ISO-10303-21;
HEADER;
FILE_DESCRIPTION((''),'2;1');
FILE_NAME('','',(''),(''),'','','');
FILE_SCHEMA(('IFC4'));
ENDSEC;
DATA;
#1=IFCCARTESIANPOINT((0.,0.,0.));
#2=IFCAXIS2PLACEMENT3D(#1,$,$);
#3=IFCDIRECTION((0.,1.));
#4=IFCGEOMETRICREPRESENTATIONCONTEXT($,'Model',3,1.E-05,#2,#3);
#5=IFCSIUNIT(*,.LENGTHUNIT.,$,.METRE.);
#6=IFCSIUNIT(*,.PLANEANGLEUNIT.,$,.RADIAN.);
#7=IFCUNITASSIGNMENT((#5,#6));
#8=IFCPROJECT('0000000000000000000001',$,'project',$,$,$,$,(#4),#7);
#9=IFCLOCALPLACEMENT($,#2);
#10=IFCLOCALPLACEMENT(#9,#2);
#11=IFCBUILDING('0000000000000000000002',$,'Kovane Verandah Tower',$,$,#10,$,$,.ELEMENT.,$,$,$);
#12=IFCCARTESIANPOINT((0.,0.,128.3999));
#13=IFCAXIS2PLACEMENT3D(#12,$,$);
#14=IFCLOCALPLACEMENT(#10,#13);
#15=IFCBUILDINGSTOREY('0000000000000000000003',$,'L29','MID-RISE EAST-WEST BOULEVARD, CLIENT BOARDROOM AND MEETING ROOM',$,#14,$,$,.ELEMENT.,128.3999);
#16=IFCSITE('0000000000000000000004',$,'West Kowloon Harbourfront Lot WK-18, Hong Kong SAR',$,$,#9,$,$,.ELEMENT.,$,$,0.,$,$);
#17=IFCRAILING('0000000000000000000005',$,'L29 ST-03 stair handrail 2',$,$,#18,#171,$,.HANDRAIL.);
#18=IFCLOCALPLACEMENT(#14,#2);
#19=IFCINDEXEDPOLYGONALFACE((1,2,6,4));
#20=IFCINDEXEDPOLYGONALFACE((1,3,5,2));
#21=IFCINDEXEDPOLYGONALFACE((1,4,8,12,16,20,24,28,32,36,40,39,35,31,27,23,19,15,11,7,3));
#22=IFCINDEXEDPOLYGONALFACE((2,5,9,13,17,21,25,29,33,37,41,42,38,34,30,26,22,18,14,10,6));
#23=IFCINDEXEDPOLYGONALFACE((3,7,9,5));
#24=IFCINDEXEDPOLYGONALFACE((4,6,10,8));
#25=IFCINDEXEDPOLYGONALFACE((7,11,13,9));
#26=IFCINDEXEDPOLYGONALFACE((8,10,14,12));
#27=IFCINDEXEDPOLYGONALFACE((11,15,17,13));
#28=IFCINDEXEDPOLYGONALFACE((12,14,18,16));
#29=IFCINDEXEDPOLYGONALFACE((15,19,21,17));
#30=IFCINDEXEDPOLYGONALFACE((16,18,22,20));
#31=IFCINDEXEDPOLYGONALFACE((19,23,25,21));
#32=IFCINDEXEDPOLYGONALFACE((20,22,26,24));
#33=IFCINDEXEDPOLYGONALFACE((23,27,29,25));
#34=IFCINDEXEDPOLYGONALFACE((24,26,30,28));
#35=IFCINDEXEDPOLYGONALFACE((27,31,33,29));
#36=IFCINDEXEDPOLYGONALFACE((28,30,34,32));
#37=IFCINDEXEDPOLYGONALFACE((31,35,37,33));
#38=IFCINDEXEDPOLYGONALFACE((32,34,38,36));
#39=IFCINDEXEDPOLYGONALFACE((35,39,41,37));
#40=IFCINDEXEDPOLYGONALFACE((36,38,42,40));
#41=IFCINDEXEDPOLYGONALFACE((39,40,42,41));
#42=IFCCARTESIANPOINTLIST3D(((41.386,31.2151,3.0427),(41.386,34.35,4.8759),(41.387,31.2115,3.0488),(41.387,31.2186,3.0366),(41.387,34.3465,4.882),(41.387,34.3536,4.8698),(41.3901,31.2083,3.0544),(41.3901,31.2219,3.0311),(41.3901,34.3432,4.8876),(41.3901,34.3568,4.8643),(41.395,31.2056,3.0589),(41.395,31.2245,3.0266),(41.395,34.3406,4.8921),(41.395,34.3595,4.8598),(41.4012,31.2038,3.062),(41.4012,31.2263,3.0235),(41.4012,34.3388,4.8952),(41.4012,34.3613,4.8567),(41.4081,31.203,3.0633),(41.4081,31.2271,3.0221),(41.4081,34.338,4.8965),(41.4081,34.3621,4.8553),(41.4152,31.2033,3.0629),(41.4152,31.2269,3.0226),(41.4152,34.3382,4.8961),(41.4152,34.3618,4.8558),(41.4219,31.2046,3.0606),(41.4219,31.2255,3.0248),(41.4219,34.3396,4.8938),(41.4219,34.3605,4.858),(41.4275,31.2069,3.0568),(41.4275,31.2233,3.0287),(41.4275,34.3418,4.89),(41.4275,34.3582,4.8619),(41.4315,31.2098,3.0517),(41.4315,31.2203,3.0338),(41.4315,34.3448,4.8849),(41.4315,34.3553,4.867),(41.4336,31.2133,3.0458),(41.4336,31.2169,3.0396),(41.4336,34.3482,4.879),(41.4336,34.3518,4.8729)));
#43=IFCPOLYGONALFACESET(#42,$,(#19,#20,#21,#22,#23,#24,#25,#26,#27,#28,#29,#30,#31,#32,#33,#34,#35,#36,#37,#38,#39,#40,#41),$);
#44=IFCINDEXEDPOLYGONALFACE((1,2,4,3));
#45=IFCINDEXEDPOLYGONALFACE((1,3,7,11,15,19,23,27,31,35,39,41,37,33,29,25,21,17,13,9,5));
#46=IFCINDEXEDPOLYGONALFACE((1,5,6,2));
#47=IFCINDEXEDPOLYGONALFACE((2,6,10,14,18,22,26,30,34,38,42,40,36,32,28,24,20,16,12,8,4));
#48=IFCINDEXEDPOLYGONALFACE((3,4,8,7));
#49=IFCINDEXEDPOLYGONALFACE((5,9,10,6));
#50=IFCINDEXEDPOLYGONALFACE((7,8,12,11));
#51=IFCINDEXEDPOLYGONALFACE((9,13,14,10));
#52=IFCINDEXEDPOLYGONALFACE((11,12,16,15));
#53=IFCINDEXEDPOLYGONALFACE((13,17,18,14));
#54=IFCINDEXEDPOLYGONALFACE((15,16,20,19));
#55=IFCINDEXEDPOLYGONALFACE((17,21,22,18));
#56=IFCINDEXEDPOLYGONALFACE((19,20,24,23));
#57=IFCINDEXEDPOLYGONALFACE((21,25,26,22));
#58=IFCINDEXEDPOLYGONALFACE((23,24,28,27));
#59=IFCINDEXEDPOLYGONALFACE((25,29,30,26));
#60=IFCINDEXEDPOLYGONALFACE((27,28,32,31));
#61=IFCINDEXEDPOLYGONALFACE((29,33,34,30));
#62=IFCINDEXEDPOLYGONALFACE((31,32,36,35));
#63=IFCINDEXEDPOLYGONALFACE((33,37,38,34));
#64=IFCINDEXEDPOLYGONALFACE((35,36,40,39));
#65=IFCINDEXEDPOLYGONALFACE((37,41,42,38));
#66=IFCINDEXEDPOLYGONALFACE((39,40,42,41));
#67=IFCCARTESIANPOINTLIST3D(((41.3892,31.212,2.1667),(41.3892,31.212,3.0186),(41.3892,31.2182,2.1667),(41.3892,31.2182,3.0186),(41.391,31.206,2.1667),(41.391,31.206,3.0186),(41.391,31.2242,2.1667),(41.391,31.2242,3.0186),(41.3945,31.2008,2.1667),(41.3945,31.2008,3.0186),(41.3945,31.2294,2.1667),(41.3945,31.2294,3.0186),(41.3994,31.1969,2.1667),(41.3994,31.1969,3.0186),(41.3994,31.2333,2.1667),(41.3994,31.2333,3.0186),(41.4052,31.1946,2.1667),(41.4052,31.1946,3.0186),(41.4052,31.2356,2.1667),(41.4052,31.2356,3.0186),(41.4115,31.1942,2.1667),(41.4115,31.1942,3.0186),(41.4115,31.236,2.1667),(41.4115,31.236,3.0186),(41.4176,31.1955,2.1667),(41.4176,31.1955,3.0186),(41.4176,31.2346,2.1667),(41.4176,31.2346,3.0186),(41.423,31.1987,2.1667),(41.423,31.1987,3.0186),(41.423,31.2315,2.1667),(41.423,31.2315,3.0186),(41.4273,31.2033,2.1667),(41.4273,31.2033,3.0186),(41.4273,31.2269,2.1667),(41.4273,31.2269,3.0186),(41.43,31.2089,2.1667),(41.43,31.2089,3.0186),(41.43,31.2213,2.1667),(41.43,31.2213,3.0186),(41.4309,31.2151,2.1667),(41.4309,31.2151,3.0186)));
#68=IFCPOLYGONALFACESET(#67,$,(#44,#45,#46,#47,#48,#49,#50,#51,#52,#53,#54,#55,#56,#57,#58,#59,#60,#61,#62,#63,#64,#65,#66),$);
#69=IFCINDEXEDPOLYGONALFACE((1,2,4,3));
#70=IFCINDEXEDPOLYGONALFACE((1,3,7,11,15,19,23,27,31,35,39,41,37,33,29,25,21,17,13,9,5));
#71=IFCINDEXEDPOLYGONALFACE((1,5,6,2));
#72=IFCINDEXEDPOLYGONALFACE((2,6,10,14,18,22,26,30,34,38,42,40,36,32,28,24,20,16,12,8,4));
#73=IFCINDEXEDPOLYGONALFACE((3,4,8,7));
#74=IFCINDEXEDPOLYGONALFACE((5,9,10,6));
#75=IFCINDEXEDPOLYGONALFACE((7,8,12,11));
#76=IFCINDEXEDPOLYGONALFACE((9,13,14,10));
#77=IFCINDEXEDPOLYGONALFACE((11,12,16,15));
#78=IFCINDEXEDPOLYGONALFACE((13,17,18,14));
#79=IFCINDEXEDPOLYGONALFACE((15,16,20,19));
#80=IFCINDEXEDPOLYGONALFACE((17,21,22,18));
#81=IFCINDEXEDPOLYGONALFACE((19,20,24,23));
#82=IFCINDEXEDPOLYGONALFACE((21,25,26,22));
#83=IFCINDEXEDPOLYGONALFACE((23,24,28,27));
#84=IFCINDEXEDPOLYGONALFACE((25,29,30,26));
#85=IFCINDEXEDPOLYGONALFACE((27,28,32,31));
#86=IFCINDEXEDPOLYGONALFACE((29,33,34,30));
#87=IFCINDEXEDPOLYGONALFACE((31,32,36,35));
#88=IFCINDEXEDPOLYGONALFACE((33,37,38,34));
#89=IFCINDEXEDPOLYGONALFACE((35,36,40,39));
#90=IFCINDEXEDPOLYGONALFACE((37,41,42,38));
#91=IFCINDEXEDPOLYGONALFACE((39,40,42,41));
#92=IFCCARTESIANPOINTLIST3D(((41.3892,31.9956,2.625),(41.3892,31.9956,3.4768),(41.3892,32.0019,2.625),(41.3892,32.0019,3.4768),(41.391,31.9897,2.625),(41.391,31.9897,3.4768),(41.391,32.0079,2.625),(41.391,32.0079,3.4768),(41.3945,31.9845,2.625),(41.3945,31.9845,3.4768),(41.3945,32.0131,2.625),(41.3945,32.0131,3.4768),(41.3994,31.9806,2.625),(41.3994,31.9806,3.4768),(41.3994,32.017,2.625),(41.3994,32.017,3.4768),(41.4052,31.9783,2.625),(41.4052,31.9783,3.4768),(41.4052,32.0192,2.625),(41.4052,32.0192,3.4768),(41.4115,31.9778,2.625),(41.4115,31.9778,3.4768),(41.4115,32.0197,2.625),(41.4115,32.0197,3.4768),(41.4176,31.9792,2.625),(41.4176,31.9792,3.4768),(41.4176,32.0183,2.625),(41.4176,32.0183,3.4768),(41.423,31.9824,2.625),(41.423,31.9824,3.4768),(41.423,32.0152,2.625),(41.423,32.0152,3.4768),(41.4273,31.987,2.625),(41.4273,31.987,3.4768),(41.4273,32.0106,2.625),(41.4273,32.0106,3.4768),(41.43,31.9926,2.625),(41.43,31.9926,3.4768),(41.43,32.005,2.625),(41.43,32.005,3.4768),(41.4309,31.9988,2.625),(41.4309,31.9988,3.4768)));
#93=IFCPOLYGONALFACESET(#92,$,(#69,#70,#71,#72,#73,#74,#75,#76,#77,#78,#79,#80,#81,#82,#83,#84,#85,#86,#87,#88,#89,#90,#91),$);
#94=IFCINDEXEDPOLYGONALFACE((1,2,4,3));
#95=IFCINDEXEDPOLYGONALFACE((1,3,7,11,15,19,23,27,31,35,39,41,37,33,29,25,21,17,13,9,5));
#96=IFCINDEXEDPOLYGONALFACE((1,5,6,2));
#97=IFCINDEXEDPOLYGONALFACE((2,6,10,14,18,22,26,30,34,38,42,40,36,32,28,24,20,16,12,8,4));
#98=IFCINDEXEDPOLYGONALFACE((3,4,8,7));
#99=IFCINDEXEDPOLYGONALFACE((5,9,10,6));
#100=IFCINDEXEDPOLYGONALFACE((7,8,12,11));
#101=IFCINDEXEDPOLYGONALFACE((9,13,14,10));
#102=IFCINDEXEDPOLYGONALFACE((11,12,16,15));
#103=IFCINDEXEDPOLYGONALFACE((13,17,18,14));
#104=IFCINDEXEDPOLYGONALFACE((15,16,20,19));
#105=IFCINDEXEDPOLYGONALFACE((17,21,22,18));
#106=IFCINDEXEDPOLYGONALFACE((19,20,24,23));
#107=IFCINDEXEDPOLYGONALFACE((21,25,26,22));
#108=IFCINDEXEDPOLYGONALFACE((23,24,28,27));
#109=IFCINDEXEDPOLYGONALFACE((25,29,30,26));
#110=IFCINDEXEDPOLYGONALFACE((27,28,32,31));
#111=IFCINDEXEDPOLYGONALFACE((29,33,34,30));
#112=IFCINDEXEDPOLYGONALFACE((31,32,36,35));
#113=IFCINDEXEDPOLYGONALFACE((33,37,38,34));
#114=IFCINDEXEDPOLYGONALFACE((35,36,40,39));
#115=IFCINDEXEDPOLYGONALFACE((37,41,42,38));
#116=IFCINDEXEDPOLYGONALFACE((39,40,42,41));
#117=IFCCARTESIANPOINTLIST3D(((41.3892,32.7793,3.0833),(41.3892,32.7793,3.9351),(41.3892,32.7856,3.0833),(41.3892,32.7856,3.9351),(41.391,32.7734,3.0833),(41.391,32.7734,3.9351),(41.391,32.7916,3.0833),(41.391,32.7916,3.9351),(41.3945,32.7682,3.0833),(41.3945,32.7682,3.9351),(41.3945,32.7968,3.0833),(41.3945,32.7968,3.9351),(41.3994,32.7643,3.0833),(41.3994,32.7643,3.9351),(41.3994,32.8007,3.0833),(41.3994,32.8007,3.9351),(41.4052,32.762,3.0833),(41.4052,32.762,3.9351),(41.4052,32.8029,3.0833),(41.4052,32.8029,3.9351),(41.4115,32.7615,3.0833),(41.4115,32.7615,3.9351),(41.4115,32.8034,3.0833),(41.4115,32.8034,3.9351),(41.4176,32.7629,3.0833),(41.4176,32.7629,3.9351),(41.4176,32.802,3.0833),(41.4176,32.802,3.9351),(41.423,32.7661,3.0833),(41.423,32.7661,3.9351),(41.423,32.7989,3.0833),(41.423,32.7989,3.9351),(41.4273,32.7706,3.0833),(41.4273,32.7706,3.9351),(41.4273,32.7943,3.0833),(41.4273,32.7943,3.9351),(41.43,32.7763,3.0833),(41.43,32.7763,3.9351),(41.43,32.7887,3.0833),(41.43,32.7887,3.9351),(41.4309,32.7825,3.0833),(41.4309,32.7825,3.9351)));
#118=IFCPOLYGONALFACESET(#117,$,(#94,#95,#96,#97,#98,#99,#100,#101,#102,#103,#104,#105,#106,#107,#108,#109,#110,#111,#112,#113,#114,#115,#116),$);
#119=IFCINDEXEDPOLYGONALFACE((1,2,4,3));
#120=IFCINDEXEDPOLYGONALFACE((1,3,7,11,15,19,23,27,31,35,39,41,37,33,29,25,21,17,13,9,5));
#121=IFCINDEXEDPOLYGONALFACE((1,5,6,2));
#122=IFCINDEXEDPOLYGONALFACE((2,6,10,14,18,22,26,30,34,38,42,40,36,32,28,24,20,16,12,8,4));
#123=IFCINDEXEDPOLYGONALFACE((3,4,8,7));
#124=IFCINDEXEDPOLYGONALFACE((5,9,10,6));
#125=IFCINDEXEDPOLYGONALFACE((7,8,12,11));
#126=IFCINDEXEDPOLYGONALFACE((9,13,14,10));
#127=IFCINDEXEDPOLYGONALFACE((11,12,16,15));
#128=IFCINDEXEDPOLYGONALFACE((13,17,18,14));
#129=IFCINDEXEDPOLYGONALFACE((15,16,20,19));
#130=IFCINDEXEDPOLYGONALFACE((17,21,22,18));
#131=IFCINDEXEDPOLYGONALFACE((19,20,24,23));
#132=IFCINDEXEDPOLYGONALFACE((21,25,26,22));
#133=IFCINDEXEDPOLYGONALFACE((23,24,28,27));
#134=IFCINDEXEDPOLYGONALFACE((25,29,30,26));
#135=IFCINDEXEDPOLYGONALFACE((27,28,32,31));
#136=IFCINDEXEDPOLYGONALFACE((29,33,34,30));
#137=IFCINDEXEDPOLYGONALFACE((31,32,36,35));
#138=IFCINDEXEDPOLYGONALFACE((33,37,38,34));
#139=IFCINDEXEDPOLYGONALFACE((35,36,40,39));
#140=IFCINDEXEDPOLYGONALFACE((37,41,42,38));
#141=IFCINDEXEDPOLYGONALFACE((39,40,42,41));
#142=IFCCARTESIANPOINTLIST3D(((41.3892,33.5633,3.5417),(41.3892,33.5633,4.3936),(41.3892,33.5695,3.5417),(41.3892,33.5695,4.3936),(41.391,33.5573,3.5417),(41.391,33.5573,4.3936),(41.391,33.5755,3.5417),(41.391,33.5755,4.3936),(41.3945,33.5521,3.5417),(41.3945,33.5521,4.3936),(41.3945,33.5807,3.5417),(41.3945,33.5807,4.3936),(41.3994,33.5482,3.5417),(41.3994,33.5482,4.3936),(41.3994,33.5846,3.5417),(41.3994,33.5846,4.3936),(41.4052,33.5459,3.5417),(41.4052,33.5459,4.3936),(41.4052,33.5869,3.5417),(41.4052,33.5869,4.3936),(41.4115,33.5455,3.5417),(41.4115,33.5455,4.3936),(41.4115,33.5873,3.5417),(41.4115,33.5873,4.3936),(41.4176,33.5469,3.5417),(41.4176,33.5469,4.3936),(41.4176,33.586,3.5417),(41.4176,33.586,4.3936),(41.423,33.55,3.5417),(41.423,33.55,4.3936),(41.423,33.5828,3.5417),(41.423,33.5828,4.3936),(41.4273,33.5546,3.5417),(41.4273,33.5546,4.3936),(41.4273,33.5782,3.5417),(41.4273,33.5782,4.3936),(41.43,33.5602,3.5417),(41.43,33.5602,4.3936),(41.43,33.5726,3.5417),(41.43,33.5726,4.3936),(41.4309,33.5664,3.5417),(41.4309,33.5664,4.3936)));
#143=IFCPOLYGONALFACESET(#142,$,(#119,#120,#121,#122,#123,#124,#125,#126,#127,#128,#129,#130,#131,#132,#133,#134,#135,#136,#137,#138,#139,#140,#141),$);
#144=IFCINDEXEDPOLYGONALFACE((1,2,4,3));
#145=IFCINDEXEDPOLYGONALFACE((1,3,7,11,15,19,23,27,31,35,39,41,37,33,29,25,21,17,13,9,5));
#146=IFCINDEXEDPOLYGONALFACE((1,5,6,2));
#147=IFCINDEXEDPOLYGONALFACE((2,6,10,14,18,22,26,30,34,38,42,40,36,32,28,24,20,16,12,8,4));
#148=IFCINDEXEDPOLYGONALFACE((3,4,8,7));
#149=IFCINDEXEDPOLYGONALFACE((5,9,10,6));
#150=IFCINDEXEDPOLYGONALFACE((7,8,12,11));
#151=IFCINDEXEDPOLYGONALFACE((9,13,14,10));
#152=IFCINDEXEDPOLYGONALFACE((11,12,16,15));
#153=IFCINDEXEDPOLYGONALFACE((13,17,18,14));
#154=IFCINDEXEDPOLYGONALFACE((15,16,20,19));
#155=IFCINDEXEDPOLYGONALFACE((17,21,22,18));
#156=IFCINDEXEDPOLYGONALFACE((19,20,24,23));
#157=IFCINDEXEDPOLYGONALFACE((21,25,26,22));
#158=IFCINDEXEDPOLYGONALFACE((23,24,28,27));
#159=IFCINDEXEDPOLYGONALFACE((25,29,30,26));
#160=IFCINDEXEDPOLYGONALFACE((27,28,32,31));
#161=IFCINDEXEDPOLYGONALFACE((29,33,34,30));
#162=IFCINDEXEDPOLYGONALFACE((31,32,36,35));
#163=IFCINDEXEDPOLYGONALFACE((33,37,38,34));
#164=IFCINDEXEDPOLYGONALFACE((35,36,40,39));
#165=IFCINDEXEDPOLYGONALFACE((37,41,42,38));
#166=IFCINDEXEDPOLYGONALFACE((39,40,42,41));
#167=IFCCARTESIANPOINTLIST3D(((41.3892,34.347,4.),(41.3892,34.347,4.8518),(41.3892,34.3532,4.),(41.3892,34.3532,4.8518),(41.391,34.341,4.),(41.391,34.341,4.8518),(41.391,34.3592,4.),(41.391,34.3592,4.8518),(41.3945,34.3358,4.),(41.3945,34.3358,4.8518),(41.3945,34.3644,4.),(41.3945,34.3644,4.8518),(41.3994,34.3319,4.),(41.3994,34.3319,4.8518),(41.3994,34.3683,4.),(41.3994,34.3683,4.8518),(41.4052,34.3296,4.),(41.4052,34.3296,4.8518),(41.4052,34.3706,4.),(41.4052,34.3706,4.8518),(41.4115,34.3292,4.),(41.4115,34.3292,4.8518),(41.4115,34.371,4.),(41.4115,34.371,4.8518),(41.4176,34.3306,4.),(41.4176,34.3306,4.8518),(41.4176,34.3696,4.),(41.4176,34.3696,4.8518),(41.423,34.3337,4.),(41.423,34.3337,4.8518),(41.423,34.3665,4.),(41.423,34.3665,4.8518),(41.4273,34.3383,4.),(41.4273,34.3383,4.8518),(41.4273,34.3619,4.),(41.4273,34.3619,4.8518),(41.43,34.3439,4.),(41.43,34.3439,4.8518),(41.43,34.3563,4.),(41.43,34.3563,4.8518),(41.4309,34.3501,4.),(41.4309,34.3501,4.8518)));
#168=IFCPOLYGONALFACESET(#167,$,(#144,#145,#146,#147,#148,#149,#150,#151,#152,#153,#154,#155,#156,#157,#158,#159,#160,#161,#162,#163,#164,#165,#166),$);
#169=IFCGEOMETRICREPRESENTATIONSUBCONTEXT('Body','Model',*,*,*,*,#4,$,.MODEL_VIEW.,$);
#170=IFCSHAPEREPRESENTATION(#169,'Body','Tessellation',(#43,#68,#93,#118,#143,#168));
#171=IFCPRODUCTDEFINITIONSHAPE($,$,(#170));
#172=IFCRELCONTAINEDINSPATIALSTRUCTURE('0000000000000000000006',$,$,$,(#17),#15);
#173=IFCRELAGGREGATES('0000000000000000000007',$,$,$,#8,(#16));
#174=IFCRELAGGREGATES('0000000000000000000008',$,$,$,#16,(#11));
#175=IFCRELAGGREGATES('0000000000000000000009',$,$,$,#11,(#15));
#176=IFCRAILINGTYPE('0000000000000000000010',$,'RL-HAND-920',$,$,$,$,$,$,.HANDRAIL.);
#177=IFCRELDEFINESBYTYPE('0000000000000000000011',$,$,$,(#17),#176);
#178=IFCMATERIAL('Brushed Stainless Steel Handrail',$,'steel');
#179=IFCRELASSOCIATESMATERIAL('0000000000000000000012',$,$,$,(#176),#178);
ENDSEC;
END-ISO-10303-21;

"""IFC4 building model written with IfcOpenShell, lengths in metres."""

from ifc_helpers import new_model, si_unit, direction, frame, origin, origin_2d, place, context, subcontext, project, spatial, circle, extrude, material, type_object, element, save


model = new_model("IFC4")

# Units and contexts
model_context = context("Model", 3, precision=1e-05, world=origin(), true_north=direction((0.0, 1.0)))
body_context = subcontext(model_context, "Body", "Model", "MODEL_VIEW")
ifc_project = project(units=[si_unit("LENGTHUNIT", "METRE"), si_unit("PLANEANGLEUNIT", "RADIAN")], contexts=[model_context])

# Site, building, storey
site_placement = place(None, origin())
site = spatial("IfcSite", under=ifc_project, at=site_placement, Name="West Kowloon Harbourfront Lot WK-18, Hong Kong SAR", CompositionType="ELEMENT", RefElevation=0.0)
building_placement = place(site_placement, origin())
building = spatial("IfcBuilding", under=site, at=building_placement, Name="Kovane Verandah Tower", CompositionType="ELEMENT")
storey_placement = place(building_placement, frame((0.0, 0.0, 128.3999)))
storey = spatial("IfcBuildingStorey", under=building, at=storey_placement, Name="L29", Description="MID-RISE EAST-WEST BOULEVARD, CLIENT BOARDROOM AND MEETING ROOM", CompositionType="ELEMENT", Elevation=128.3999)

# Railing
ifc_material_1 = material(Name="Brushed Stainless Steel Handrail", Category="steel")
railing_type_1 = type_object("IfcRailingType", Name="RL-HAND-920", PredefinedType="HANDRAIL", material=ifc_material_1)
railing_1_placement = place(storey_placement, frame((41.4099, 31.2151, 2.1667)))
element("IfcRailing", 1, at=railing_1_placement, inside=storey, type_object=railing_type_1, Name="L29 ST-03 stair handrail 2", PredefinedType="HANDRAIL", context=body_context, shape_type="SweptSolid", body=[
    extrude(circle(Radius=0.0239, at=origin_2d()), frame((0.0, 0.0, 0.876), z_axis=(0.0, 0.86324, 0.504794), x_axis=(-1.0, 0.0, 0.0)), (0.0, 0.0, 1.0), 3.6316),
    extrude(circle(Radius=0.021, at=origin_2d()), origin(), (0.0, 0.0, 1.0), 0.8518),
    extrude(circle(Radius=0.021, at=origin_2d()), frame((0.0, 0.7837, 0.4583)), (0.0, 0.0, 1.0), 0.8518),
    extrude(circle(Radius=0.021, at=origin_2d()), frame((0.0, 1.5674, 0.9165)), (0.0, 0.0, 1.0), 0.8518),
    extrude(circle(Radius=0.021, at=origin_2d()), frame((0.0, 2.3513, 1.375)), (0.0, 0.0, 1.0), 0.8518),
    extrude(circle(Radius=0.021, at=origin_2d()), frame((0.0, 3.135, 1.8333)), (0.0, 0.0, 1.0), 0.8518),
])

save(model, "model.ifc")
